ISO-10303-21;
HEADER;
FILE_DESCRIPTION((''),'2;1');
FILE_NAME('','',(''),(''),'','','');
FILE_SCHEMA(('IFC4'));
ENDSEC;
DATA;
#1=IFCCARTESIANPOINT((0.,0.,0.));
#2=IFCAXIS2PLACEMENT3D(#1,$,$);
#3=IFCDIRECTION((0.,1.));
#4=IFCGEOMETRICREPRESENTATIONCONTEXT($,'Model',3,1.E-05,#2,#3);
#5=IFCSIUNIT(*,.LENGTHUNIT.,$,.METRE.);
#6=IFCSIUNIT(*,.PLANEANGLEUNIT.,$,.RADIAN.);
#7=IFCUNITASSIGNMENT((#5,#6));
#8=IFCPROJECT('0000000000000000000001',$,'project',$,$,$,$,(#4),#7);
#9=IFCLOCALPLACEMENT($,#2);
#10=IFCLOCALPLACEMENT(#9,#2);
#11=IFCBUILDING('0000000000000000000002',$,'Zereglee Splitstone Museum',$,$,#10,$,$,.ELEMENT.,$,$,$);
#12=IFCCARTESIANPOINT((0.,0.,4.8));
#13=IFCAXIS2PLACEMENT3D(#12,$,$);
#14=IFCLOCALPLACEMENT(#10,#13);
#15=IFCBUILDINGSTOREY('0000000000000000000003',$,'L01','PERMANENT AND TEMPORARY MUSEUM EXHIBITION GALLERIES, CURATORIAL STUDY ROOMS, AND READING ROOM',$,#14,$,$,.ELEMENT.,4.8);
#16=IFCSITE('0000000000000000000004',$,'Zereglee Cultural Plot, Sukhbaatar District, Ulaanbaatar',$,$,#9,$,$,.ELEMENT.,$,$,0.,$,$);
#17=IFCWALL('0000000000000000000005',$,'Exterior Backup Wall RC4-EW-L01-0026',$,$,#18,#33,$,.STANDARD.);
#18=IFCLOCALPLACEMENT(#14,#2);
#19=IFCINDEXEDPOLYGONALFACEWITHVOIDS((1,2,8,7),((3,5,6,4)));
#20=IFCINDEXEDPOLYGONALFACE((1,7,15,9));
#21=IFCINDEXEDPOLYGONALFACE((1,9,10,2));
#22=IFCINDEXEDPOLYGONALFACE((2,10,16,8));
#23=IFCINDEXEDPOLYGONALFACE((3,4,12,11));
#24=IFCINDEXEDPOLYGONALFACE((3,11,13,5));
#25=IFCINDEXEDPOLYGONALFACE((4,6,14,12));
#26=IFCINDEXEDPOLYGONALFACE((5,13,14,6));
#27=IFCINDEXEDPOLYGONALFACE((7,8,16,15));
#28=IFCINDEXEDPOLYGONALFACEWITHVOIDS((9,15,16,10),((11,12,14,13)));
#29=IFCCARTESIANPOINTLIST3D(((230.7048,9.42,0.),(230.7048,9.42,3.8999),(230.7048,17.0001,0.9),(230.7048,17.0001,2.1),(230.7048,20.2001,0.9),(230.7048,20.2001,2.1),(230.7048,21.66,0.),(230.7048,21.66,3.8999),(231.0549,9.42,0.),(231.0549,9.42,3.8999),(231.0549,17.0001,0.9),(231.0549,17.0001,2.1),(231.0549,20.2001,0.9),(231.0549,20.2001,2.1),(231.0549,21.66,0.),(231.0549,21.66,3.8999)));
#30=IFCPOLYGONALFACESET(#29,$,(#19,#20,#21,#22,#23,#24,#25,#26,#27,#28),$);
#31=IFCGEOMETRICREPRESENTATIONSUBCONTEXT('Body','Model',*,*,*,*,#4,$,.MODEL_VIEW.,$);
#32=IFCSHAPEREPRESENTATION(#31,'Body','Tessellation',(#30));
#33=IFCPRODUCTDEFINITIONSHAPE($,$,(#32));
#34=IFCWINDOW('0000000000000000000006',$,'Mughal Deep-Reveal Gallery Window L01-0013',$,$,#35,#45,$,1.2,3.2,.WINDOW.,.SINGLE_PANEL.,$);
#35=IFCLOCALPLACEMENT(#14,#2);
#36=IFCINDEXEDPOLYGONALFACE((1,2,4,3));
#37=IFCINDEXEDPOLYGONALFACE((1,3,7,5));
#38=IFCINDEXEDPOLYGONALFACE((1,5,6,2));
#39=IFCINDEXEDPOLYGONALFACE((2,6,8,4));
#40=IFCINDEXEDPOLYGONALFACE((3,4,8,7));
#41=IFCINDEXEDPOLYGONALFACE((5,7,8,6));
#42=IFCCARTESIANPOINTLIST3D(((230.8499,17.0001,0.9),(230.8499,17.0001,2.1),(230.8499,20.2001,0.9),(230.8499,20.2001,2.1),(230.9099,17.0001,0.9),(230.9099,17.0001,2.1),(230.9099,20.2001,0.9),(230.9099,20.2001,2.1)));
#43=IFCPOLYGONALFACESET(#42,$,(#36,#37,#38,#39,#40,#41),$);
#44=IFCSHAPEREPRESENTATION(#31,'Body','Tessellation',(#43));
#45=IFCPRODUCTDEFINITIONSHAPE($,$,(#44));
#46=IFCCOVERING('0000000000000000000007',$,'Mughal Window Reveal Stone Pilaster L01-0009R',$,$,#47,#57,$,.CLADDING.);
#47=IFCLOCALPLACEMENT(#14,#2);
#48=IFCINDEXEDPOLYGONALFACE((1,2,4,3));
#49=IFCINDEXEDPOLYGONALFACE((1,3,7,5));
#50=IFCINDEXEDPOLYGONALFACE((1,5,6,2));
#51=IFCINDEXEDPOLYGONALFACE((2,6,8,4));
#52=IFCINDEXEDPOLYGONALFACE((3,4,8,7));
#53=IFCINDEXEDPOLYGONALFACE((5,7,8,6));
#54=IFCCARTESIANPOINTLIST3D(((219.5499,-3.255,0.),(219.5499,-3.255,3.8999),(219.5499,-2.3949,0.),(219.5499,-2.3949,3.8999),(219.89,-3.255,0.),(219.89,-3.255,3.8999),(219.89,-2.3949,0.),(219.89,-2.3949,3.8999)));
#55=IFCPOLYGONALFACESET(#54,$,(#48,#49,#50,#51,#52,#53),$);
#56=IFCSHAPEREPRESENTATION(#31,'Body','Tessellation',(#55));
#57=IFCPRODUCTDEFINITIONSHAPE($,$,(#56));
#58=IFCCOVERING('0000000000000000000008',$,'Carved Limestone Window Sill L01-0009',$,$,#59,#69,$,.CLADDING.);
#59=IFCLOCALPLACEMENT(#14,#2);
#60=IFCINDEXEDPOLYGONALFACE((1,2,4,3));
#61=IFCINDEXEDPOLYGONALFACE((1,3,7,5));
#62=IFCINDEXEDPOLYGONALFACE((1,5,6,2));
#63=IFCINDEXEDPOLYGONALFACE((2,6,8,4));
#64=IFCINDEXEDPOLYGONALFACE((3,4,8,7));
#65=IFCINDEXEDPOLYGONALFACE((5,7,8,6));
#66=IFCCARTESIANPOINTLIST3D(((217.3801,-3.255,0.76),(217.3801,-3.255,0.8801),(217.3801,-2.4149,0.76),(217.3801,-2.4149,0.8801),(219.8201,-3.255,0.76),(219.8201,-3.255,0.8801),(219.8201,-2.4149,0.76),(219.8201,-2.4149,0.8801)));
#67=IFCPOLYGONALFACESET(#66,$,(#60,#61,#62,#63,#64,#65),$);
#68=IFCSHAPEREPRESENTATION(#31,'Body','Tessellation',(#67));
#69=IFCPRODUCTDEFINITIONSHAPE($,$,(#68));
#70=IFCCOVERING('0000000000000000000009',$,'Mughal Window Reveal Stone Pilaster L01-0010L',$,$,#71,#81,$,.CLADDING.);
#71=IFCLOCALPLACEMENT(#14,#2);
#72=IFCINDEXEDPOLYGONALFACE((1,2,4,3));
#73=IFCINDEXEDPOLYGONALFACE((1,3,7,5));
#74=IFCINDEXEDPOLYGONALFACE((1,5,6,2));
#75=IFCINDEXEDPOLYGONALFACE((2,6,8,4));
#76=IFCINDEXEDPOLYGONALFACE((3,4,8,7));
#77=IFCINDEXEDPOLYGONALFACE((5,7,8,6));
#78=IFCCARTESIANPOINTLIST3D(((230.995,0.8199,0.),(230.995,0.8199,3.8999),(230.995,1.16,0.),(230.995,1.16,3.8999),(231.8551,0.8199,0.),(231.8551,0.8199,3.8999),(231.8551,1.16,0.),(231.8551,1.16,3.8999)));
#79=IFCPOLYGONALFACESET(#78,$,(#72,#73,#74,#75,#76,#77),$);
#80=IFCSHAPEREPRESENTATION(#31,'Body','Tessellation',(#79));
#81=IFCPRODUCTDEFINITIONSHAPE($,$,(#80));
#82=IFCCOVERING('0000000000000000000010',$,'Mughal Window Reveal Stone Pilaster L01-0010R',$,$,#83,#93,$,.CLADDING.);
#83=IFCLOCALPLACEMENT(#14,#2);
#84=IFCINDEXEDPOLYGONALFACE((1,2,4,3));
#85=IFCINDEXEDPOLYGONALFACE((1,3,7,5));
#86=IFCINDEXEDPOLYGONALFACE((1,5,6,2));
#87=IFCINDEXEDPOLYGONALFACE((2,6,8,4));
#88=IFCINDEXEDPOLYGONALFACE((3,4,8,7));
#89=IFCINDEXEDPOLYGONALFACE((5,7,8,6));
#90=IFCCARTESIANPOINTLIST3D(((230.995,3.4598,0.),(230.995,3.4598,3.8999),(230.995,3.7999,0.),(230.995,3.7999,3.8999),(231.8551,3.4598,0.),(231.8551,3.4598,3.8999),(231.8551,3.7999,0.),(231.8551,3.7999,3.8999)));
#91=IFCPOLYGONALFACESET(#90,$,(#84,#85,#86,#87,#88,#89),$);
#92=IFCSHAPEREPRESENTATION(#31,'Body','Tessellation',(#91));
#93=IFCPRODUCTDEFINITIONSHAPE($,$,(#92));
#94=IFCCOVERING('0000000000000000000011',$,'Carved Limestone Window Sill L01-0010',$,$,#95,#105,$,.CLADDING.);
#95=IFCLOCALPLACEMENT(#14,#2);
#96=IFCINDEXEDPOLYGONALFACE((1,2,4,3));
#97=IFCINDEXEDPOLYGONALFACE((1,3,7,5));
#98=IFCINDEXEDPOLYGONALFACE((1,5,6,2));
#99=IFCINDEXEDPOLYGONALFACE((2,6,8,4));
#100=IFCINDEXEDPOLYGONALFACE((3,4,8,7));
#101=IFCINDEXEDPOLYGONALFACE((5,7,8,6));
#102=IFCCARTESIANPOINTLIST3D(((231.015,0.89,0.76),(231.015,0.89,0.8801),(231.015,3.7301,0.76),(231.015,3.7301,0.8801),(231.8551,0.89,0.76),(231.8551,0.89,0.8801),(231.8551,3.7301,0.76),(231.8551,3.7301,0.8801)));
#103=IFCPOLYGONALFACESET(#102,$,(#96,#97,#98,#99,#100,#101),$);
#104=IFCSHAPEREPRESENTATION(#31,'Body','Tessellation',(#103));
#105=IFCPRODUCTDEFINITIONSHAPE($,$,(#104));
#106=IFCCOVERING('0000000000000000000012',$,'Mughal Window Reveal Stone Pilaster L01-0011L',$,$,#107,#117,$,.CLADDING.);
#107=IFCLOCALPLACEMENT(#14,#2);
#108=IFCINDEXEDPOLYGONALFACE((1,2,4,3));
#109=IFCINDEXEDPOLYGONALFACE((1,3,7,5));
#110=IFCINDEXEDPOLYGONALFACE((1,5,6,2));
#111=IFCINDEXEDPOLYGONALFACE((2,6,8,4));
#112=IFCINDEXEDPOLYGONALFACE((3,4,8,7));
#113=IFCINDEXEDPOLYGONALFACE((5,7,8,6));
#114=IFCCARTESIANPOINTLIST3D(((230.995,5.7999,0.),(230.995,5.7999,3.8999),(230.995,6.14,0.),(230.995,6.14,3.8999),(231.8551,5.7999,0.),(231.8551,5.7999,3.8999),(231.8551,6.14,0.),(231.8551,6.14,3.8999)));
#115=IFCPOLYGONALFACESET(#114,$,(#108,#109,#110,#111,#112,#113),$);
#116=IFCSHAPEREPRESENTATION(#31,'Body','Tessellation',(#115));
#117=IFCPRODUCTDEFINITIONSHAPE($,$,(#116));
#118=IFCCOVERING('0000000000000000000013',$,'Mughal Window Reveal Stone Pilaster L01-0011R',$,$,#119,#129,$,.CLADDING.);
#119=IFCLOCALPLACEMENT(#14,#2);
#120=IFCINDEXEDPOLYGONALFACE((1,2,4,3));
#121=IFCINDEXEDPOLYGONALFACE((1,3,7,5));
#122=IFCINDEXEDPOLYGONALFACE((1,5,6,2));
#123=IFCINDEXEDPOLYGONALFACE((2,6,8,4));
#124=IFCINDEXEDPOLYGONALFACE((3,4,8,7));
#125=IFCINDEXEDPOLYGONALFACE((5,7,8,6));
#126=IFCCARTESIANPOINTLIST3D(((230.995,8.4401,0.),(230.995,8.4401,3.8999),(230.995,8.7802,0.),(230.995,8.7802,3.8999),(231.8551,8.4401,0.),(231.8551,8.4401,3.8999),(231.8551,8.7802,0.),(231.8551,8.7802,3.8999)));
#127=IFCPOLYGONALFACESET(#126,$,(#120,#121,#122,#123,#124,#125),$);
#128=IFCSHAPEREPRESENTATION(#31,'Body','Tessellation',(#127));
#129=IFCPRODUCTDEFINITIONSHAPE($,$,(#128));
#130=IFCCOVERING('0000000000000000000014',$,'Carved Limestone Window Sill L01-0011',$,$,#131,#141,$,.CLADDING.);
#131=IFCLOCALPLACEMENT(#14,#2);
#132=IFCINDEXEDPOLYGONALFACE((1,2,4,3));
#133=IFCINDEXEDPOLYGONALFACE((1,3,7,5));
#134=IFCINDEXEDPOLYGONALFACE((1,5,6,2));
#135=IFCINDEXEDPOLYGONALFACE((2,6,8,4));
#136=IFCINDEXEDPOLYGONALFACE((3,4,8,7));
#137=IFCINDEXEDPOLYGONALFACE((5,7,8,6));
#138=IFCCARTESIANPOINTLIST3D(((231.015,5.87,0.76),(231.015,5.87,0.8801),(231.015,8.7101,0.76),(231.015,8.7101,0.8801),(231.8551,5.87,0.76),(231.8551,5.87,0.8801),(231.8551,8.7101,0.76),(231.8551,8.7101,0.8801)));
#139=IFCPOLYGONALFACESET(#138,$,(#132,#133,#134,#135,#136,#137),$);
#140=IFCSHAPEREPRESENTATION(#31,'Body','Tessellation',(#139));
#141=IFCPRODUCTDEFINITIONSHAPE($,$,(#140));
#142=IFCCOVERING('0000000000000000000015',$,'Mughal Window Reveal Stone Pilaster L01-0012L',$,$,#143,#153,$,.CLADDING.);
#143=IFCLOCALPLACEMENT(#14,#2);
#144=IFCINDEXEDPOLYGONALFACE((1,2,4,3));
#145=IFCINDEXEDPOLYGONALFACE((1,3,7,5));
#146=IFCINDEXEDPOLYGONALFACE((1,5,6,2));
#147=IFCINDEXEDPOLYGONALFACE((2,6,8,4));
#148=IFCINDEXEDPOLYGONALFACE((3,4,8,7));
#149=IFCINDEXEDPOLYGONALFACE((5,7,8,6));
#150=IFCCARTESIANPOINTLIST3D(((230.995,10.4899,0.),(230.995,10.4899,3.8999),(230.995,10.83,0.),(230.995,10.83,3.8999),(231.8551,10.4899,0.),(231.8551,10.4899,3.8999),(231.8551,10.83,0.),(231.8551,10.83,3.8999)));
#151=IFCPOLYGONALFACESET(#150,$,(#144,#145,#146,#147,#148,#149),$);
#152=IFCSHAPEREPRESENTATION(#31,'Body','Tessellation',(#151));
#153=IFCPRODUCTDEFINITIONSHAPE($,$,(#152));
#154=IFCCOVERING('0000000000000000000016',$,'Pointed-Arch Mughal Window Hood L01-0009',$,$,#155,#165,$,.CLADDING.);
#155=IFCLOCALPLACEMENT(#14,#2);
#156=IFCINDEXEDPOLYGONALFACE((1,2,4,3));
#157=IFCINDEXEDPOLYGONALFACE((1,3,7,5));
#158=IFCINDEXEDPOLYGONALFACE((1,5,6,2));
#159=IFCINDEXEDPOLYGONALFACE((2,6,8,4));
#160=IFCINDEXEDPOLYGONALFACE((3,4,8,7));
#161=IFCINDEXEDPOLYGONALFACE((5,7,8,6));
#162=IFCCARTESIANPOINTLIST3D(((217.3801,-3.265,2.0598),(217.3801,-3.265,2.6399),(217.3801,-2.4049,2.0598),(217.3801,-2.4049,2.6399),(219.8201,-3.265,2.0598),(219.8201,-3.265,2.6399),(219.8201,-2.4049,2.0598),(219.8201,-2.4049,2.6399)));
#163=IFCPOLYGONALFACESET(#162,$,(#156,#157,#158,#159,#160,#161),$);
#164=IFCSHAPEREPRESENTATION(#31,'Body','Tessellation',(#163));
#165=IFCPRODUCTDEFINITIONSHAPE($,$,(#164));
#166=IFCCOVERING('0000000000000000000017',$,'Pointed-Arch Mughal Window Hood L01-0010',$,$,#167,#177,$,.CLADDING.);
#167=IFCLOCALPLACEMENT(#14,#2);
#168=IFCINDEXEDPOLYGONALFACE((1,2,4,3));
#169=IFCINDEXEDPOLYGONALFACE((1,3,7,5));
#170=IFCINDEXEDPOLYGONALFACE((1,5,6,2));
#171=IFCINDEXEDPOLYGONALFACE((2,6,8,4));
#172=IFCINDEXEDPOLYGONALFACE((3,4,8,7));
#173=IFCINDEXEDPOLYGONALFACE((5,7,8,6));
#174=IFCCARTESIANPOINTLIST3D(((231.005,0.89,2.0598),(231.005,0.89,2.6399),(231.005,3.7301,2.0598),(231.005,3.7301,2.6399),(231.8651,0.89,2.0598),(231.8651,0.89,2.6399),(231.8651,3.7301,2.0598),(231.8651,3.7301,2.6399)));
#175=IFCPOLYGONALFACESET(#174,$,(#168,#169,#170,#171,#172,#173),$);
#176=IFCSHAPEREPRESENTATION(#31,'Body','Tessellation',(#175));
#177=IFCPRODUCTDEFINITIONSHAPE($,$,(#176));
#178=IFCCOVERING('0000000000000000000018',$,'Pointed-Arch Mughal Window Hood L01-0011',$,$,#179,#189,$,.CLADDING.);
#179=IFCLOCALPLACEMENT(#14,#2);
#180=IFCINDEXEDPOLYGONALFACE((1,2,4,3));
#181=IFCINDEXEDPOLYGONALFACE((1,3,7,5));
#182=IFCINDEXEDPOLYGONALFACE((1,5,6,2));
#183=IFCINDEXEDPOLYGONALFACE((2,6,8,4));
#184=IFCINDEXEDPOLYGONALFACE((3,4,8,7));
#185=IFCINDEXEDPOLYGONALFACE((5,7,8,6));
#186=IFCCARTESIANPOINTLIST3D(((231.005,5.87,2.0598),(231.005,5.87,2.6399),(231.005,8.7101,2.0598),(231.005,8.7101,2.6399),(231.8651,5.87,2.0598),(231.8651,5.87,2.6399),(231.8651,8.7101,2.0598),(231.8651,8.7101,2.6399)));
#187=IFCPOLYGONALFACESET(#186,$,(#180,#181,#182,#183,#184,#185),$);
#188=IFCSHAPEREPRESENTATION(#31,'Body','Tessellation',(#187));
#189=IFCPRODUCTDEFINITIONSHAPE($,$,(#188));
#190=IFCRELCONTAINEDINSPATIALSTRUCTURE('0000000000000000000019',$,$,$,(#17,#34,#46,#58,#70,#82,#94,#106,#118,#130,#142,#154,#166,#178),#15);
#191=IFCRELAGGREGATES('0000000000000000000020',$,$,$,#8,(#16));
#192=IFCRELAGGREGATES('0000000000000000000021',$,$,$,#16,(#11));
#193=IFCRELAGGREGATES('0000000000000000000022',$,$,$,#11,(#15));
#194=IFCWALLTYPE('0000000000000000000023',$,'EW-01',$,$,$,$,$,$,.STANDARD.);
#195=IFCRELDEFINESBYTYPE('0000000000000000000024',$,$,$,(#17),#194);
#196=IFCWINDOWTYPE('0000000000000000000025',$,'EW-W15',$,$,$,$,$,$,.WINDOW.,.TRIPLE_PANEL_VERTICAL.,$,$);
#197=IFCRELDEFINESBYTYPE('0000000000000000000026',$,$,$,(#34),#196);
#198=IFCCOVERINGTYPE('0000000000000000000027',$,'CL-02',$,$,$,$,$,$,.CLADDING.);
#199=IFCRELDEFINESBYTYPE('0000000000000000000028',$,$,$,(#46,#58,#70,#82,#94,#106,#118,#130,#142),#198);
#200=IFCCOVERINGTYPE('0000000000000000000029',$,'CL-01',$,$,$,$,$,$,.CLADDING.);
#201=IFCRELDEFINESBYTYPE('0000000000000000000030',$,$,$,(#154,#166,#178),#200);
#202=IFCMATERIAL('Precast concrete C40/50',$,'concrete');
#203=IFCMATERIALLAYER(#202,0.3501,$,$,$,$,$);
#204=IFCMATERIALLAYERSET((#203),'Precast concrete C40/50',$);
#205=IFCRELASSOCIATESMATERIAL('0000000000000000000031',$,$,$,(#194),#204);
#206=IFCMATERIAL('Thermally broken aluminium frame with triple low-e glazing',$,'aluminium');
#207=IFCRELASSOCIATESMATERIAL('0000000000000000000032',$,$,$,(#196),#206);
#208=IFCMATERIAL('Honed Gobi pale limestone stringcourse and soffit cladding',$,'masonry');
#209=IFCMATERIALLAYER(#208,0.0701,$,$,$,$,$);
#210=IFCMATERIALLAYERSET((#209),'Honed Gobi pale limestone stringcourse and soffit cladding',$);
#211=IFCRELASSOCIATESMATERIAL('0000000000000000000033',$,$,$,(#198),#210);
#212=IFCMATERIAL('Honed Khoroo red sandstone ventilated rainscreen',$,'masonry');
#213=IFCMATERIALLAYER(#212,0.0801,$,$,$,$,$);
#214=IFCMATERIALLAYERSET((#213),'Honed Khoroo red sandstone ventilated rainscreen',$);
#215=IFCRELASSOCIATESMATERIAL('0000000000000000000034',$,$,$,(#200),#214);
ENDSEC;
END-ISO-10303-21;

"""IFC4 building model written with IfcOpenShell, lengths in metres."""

from ifc_helpers import new_model, si_unit, direction, frame, frame_2d, origin, origin_2d, place, context, subcontext, project, spatial, rectangle, extrude, material, layer, layer_set, type_object, element, fill, save


model = new_model("IFC4")

# Units and contexts
model_context = context("Model", 3, precision=1e-05, world=origin(), true_north=direction((0.0, 1.0)))
body_context = subcontext(model_context, "Body", "Model", "MODEL_VIEW")
ifc_project = project(units=[si_unit("LENGTHUNIT", "METRE"), si_unit("PLANEANGLEUNIT", "RADIAN")], contexts=[model_context])

# Site, building, storey
site_placement = place(None, origin())
site = spatial("IfcSite", under=ifc_project, at=site_placement, Name="Zereglee Cultural Plot, Sukhbaatar District, Ulaanbaatar", CompositionType="ELEMENT", RefElevation=0.0)
building_placement = place(site_placement, origin())
building = spatial("IfcBuilding", under=site, at=building_placement, Name="Zereglee Splitstone Museum", CompositionType="ELEMENT")
storey_placement = place(building_placement, frame((0.0, 0.0, 4.8)))
storey = spatial("IfcBuildingStorey", under=building, at=storey_placement, Name="L01", Description="PERMANENT AND TEMPORARY MUSEUM EXHIBITION GALLERIES, CURATORIAL STUDY ROOMS, AND READING ROOM", CompositionType="ELEMENT", Elevation=4.8)

# Shared definitions
ifc_material_1 = material(Name="Precast concrete C40/50", Category="concrete")
ifc_layer_1 = layer(ifc_material_1, 0.3501)
ifc_layer_set_1 = layer_set([ifc_layer_1], Name="Precast concrete C40/50")
wall_type = type_object("IfcWallType", Name="EW-01", PredefinedType="STANDARD", material=ifc_layer_set_1)

# Shared definitions
ifc_material_2 = material(Name="Thermally broken aluminium frame with triple low-e glazing", Category="aluminium")

# Wall, opening, window
wall_1_placement = place(storey_placement, frame((230.8799, 9.4199, 0.0), z_axis=(0.0, 0.0, 1.0), x_axis=(0.0, 1.0, 0.0)))
wall_1 = element("IfcWall", 1, at=wall_1_placement, inside=storey, type_object=wall_type, Name="Exterior Backup Wall RC4-EW-L01-0026", PredefinedType="STANDARD", context=body_context, shape_type="SweptSolid", body=[
    extrude(rectangle(XDim=12.24, YDim=0.3501, at=frame_2d((6.1201, 0.0))), origin(), (0.0, 0.0, 1.0), 3.8999),
])
opening_1_placement = place(wall_1_placement, frame((7.5801, 0.0, 0.8999)))
opening_1 = element("IfcOpeningElement", 2, at=opening_1_placement, cuts=wall_1, PredefinedType="OPENING", context=body_context, shape_type="SweptSolid", body=[
    extrude(rectangle(XDim=3.2, YDim=1.2, at=frame_2d((1.6001, 0.6001))), frame((0.0, 0.1899, 0.0), z_axis=(0.0, -1.0, 0.0), x_axis=(1.0, 0.0, 0.0)), (0.0, 0.0, 1.0), 0.3799),
])
window_type_1 = type_object("IfcWindowType", Name="EW-W15", PartitioningType="TRIPLE_PANEL_VERTICAL", PredefinedType="WINDOW", material=ifc_material_2)
window_1_placement = place(opening_1_placement, origin())
window_1 = element("IfcWindow", 3, at=window_1_placement, inside=storey, type_object=window_type_1, Name="Mughal Deep-Reveal Gallery Window L01-0013", OverallHeight=1.2, OverallWidth=3.2, PartitioningType="SINGLE_PANEL", PredefinedType="WINDOW", context=body_context, shape_type="SweptSolid", body=[
    extrude(rectangle(XDim=3.2, YDim=1.2, at=frame_2d((1.6001, 0.6001))), frame((0.0, 0.03, 0.0), z_axis=(0.0, -1.0, 0.0), x_axis=(1.0, 0.0, 0.0)), (0.0, 0.0, 1.0), 0.0601),
])
fill(opening_1, window_1)

# Coverings
ifc_material_3 = material(Name="Honed Gobi pale limestone stringcourse and soffit cladding", Category="masonry")
ifc_layer_2 = layer(ifc_material_3, 0.0701)
ifc_layer_set_2 = layer_set([ifc_layer_2], Name="Honed Gobi pale limestone stringcourse and soffit cladding")
covering_type_1 = type_object("IfcCoveringType", Name="CL-02", PredefinedType="CLADDING", material=ifc_layer_set_2)
covering_1_placement = place(storey_placement, frame((219.72, -2.825, 0.0), z_axis=(0.0, 0.0, 1.0), x_axis=(1.0, 0.0, 0.0)))
element("IfcCovering", 4, at=covering_1_placement, inside=storey, type_object=covering_type_1, Name="Mughal Window Reveal Stone Pilaster L01-0009R", PredefinedType="CLADDING", context=body_context, shape_type="SweptSolid", body=[
    extrude(rectangle(XDim=0.3401, YDim=0.8601, at=origin_2d()), origin(), (0.0, 0.0, 1.0), 3.8999),
])
covering_2_placement = place(storey_placement, frame((218.6001, -2.835, 0.76), z_axis=(0.0, 0.0, 1.0), x_axis=(1.0, 0.0, 0.0)))
element("IfcCovering", 5, at=covering_2_placement, inside=storey, type_object=covering_type_1, Name="Carved Limestone Window Sill L01-0009", PredefinedType="CLADDING", context=body_context, shape_type="SweptSolid", body=[
    extrude(rectangle(XDim=2.4399, YDim=0.8401, at=origin_2d()), origin(), (0.0, 0.0, 1.0), 0.1201),
])
for number, where, z_axis, x_axis, name in (
    (6, (231.425, 0.99, 0.0), (0.0, 0.0, 1.0), (0.0, 1.0, 0.0), "Mughal Window Reveal Stone Pilaster L01-0010L"),
    (7, (231.425, 3.6299, 0.0), (0.0, 0.0, 1.0), (0.0, 1.0, 0.0), "Mughal Window Reveal Stone Pilaster L01-0010R"),
):
    element("IfcCovering", number, at=place(storey_placement, frame(where, z_axis=z_axis, x_axis=x_axis)), inside=storey, type_object=covering_type_1, Name=name, PredefinedType="CLADDING", context=body_context, shape_type="SweptSolid", body=[
        extrude(rectangle(XDim=0.3401, YDim=0.8601, at=origin_2d()), origin(), (0.0, 0.0, 1.0), 3.8999),
    ])
covering_3_placement = place(storey_placement, frame((231.4351, 2.3101, 0.76), z_axis=(0.0, 0.0, 1.0), x_axis=(0.0, 1.0, 0.0)))
element("IfcCovering", 8, at=covering_3_placement, inside=storey, type_object=covering_type_1, Name="Carved Limestone Window Sill L01-0010", PredefinedType="CLADDING", context=body_context, shape_type="SweptSolid", body=[
    extrude(rectangle(XDim=2.8401, YDim=0.8401, at=origin_2d()), origin(), (0.0, 0.0, 1.0), 0.1201),
])
for number, where, z_axis, x_axis, name in (
    (9, (231.425, 5.97, 0.0), (0.0, 0.0, 1.0), (0.0, 1.0, 0.0), "Mughal Window Reveal Stone Pilaster L01-0011L"),
    (10, (231.425, 8.6101, 0.0), (0.0, 0.0, 1.0), (0.0, 1.0, 0.0), "Mughal Window Reveal Stone Pilaster L01-0011R"),
):
    element("IfcCovering", number, at=place(storey_placement, frame(where, z_axis=z_axis, x_axis=x_axis)), inside=storey, type_object=covering_type_1, Name=name, PredefinedType="CLADDING", context=body_context, shape_type="SweptSolid", body=[
        extrude(rectangle(XDim=0.3401, YDim=0.8601, at=origin_2d()), origin(), (0.0, 0.0, 1.0), 3.8999),
    ])
covering_4_placement = place(storey_placement, frame((231.4351, 7.29, 0.76), z_axis=(0.0, 0.0, 1.0), x_axis=(0.0, 1.0, 0.0)))
element("IfcCovering", 11, at=covering_4_placement, inside=storey, type_object=covering_type_1, Name="Carved Limestone Window Sill L01-0011", PredefinedType="CLADDING", context=body_context, shape_type="SweptSolid", body=[
    extrude(rectangle(XDim=2.8401, YDim=0.8401, at=origin_2d()), origin(), (0.0, 0.0, 1.0), 0.1201),
])
covering_5_placement = place(storey_placement, frame((231.425, 10.6599, 0.0), z_axis=(0.0, 0.0, 1.0), x_axis=(0.0, 1.0, 0.0)))
element("IfcCovering", 12, at=covering_5_placement, inside=storey, type_object=covering_type_1, Name="Mughal Window Reveal Stone Pilaster L01-0012L", PredefinedType="CLADDING", context=body_context, shape_type="SweptSolid", body=[
    extrude(rectangle(XDim=0.3401, YDim=0.8601, at=origin_2d()), origin(), (0.0, 0.0, 1.0), 3.8999),
])
ifc_material_4 = material(Name="Honed Khoroo red sandstone ventilated rainscreen", Category="masonry")
ifc_layer_3 = layer(ifc_material_4, 0.0801)
ifc_layer_set_3 = layer_set([ifc_layer_3], Name="Honed Khoroo red sandstone ventilated rainscreen")
covering_type_2 = type_object("IfcCoveringType", Name="CL-01", PredefinedType="CLADDING", material=ifc_layer_set_3)
covering_6_placement = place(storey_placement, frame((218.6001, -2.835, 2.0598), z_axis=(0.0, 0.0, 1.0), x_axis=(1.0, 0.0, 0.0)))
element("IfcCovering", 13, at=covering_6_placement, inside=storey, type_object=covering_type_2, Name="Pointed-Arch Mughal Window Hood L01-0009", PredefinedType="CLADDING", context=body_context, shape_type="SweptSolid", body=[
    extrude(rectangle(XDim=2.4399, YDim=0.8601, at=origin_2d()), origin(), (0.0, 0.0, 1.0), 0.5801),
])
for number, where, z_axis, x_axis, name in (
    (14, (231.4351, 2.3101, 2.0598), (0.0, 0.0, 1.0), (0.0, 1.0, 0.0), "Pointed-Arch Mughal Window Hood L01-0010"),
    (15, (231.4351, 7.29, 2.0598), (0.0, 0.0, 1.0), (0.0, 1.0, 0.0), "Pointed-Arch Mughal Window Hood L01-0011"),
):
    element("IfcCovering", number, at=place(storey_placement, frame(where, z_axis=z_axis, x_axis=x_axis)), inside=storey, type_object=covering_type_2, Name=name, PredefinedType="CLADDING", context=body_context, shape_type="SweptSolid", body=[
        extrude(rectangle(XDim=2.8401, YDim=0.8601, at=origin_2d()), origin(), (0.0, 0.0, 1.0), 0.5801),
    ])

save(model, "model.ifc")
